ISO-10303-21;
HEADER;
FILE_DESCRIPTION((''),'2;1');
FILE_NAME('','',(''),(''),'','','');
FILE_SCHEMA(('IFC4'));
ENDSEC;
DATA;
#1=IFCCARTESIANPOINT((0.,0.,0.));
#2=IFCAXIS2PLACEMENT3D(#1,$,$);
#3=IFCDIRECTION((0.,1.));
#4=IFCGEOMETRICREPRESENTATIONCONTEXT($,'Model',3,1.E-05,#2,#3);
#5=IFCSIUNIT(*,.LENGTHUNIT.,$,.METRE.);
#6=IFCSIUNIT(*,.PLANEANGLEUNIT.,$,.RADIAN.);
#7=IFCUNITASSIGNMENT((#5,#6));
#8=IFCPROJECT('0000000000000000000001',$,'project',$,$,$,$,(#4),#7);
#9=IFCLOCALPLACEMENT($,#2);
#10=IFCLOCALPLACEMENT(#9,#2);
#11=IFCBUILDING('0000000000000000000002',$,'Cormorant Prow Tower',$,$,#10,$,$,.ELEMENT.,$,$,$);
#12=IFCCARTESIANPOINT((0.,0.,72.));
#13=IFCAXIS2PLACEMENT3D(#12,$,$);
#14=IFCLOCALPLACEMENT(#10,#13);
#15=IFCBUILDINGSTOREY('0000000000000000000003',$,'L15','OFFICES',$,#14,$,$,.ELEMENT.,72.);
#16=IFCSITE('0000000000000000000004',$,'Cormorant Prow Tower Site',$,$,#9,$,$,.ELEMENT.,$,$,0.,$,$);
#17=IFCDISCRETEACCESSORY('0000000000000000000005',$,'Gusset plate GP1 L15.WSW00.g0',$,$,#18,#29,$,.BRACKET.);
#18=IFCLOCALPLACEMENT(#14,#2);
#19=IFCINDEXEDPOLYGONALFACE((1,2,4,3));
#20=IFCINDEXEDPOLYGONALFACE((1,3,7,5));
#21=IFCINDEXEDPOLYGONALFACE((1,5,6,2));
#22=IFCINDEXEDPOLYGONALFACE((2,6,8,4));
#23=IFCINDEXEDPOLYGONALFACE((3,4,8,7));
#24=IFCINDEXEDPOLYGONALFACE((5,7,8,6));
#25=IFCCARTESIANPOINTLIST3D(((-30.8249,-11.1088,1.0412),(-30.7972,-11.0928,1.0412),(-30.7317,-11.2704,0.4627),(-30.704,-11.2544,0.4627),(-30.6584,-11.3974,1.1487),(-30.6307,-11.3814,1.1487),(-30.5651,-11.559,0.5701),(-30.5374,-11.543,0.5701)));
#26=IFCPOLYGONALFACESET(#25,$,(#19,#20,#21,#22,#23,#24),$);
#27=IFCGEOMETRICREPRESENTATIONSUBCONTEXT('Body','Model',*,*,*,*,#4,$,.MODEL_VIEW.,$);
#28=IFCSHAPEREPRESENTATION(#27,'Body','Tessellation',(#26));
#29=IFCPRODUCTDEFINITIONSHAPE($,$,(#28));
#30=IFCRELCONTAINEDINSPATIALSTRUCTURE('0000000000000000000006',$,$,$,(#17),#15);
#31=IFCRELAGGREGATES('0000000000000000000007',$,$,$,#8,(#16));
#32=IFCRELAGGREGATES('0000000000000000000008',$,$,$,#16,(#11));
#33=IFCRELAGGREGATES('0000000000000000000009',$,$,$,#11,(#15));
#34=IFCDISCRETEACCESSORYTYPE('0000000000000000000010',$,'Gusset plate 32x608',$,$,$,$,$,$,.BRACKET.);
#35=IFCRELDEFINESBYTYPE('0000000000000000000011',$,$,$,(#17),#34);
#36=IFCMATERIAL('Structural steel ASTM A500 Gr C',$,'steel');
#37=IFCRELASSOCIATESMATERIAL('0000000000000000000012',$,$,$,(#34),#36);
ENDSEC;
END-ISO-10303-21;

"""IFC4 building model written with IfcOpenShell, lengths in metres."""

from ifc_helpers import new_model, si_unit, direction, frame, origin, origin_2d, place, context, subcontext, project, spatial, rectangle, extrude, material, material_profile, profile_set, type_object, element, save


model = new_model("IFC4")

# Units and contexts
model_context = context("Model", 3, precision=1e-05, world=origin(), true_north=direction((0.0, 1.0)))
body_context = subcontext(model_context, "Body", "Model", "MODEL_VIEW")
ifc_project = project(units=[si_unit("LENGTHUNIT", "METRE"), si_unit("PLANEANGLEUNIT", "RADIAN")], contexts=[model_context])

# Site, building, storey
site_placement = place(None, origin())
site = spatial("IfcSite", under=ifc_project, at=site_placement, Name="Cormorant Prow Tower Site", CompositionType="ELEMENT", RefElevation=0.0)
building_placement = place(site_placement, origin())
building = spatial("IfcBuilding", under=site, at=building_placement, Name="Cormorant Prow Tower", CompositionType="ELEMENT")
storey_placement = place(building_placement, frame((0.0, 0.0, 72.0)))
storey = spatial("IfcBuildingStorey", under=building, at=storey_placement, Name="L15", Description="OFFICES", CompositionType="ELEMENT", Elevation=72.0)

# Discrete accessory
ifc_material_1 = material(Name="Structural steel ASTM A500 Gr C", Category="steel")
ifc_material_profile_1 = material_profile(ifc_material_1, rectangle(XDim=0.032, YDim=0.6079, at=origin_2d()), Name="Gusset plate 32x608")
ifc_profile_set_1 = profile_set([ifc_material_profile_1], Name="Structural steel ASTM A500 Gr C")
discrete_accessory_type = type_object("IfcDiscreteAccessoryType", Name="Gusset plate 32x608", PredefinedType="BRACKET", material=ifc_profile_set_1)
discrete_accessory_placement = place(storey_placement, frame((-30.5979, -11.4702, 0.8594), z_axis=(-0.475652, 0.82437, -0.306872), x_axis=(-0.866161, -0.499765, 0.0)))
element("IfcDiscreteAccessory", 1, at=discrete_accessory_placement, inside=storey, type_object=discrete_accessory_type, Name="Gusset plate GP1 L15.WSW00.g0", PredefinedType="BRACKET", context=body_context, shape_type="SweptSolid", body=[
    extrude(rectangle(XDim=0.032, YDim=0.6079, at=origin_2d()), origin(), (0.0, 0.0, 1.0), 0.3501),
])

save(model, "model.ifc")
